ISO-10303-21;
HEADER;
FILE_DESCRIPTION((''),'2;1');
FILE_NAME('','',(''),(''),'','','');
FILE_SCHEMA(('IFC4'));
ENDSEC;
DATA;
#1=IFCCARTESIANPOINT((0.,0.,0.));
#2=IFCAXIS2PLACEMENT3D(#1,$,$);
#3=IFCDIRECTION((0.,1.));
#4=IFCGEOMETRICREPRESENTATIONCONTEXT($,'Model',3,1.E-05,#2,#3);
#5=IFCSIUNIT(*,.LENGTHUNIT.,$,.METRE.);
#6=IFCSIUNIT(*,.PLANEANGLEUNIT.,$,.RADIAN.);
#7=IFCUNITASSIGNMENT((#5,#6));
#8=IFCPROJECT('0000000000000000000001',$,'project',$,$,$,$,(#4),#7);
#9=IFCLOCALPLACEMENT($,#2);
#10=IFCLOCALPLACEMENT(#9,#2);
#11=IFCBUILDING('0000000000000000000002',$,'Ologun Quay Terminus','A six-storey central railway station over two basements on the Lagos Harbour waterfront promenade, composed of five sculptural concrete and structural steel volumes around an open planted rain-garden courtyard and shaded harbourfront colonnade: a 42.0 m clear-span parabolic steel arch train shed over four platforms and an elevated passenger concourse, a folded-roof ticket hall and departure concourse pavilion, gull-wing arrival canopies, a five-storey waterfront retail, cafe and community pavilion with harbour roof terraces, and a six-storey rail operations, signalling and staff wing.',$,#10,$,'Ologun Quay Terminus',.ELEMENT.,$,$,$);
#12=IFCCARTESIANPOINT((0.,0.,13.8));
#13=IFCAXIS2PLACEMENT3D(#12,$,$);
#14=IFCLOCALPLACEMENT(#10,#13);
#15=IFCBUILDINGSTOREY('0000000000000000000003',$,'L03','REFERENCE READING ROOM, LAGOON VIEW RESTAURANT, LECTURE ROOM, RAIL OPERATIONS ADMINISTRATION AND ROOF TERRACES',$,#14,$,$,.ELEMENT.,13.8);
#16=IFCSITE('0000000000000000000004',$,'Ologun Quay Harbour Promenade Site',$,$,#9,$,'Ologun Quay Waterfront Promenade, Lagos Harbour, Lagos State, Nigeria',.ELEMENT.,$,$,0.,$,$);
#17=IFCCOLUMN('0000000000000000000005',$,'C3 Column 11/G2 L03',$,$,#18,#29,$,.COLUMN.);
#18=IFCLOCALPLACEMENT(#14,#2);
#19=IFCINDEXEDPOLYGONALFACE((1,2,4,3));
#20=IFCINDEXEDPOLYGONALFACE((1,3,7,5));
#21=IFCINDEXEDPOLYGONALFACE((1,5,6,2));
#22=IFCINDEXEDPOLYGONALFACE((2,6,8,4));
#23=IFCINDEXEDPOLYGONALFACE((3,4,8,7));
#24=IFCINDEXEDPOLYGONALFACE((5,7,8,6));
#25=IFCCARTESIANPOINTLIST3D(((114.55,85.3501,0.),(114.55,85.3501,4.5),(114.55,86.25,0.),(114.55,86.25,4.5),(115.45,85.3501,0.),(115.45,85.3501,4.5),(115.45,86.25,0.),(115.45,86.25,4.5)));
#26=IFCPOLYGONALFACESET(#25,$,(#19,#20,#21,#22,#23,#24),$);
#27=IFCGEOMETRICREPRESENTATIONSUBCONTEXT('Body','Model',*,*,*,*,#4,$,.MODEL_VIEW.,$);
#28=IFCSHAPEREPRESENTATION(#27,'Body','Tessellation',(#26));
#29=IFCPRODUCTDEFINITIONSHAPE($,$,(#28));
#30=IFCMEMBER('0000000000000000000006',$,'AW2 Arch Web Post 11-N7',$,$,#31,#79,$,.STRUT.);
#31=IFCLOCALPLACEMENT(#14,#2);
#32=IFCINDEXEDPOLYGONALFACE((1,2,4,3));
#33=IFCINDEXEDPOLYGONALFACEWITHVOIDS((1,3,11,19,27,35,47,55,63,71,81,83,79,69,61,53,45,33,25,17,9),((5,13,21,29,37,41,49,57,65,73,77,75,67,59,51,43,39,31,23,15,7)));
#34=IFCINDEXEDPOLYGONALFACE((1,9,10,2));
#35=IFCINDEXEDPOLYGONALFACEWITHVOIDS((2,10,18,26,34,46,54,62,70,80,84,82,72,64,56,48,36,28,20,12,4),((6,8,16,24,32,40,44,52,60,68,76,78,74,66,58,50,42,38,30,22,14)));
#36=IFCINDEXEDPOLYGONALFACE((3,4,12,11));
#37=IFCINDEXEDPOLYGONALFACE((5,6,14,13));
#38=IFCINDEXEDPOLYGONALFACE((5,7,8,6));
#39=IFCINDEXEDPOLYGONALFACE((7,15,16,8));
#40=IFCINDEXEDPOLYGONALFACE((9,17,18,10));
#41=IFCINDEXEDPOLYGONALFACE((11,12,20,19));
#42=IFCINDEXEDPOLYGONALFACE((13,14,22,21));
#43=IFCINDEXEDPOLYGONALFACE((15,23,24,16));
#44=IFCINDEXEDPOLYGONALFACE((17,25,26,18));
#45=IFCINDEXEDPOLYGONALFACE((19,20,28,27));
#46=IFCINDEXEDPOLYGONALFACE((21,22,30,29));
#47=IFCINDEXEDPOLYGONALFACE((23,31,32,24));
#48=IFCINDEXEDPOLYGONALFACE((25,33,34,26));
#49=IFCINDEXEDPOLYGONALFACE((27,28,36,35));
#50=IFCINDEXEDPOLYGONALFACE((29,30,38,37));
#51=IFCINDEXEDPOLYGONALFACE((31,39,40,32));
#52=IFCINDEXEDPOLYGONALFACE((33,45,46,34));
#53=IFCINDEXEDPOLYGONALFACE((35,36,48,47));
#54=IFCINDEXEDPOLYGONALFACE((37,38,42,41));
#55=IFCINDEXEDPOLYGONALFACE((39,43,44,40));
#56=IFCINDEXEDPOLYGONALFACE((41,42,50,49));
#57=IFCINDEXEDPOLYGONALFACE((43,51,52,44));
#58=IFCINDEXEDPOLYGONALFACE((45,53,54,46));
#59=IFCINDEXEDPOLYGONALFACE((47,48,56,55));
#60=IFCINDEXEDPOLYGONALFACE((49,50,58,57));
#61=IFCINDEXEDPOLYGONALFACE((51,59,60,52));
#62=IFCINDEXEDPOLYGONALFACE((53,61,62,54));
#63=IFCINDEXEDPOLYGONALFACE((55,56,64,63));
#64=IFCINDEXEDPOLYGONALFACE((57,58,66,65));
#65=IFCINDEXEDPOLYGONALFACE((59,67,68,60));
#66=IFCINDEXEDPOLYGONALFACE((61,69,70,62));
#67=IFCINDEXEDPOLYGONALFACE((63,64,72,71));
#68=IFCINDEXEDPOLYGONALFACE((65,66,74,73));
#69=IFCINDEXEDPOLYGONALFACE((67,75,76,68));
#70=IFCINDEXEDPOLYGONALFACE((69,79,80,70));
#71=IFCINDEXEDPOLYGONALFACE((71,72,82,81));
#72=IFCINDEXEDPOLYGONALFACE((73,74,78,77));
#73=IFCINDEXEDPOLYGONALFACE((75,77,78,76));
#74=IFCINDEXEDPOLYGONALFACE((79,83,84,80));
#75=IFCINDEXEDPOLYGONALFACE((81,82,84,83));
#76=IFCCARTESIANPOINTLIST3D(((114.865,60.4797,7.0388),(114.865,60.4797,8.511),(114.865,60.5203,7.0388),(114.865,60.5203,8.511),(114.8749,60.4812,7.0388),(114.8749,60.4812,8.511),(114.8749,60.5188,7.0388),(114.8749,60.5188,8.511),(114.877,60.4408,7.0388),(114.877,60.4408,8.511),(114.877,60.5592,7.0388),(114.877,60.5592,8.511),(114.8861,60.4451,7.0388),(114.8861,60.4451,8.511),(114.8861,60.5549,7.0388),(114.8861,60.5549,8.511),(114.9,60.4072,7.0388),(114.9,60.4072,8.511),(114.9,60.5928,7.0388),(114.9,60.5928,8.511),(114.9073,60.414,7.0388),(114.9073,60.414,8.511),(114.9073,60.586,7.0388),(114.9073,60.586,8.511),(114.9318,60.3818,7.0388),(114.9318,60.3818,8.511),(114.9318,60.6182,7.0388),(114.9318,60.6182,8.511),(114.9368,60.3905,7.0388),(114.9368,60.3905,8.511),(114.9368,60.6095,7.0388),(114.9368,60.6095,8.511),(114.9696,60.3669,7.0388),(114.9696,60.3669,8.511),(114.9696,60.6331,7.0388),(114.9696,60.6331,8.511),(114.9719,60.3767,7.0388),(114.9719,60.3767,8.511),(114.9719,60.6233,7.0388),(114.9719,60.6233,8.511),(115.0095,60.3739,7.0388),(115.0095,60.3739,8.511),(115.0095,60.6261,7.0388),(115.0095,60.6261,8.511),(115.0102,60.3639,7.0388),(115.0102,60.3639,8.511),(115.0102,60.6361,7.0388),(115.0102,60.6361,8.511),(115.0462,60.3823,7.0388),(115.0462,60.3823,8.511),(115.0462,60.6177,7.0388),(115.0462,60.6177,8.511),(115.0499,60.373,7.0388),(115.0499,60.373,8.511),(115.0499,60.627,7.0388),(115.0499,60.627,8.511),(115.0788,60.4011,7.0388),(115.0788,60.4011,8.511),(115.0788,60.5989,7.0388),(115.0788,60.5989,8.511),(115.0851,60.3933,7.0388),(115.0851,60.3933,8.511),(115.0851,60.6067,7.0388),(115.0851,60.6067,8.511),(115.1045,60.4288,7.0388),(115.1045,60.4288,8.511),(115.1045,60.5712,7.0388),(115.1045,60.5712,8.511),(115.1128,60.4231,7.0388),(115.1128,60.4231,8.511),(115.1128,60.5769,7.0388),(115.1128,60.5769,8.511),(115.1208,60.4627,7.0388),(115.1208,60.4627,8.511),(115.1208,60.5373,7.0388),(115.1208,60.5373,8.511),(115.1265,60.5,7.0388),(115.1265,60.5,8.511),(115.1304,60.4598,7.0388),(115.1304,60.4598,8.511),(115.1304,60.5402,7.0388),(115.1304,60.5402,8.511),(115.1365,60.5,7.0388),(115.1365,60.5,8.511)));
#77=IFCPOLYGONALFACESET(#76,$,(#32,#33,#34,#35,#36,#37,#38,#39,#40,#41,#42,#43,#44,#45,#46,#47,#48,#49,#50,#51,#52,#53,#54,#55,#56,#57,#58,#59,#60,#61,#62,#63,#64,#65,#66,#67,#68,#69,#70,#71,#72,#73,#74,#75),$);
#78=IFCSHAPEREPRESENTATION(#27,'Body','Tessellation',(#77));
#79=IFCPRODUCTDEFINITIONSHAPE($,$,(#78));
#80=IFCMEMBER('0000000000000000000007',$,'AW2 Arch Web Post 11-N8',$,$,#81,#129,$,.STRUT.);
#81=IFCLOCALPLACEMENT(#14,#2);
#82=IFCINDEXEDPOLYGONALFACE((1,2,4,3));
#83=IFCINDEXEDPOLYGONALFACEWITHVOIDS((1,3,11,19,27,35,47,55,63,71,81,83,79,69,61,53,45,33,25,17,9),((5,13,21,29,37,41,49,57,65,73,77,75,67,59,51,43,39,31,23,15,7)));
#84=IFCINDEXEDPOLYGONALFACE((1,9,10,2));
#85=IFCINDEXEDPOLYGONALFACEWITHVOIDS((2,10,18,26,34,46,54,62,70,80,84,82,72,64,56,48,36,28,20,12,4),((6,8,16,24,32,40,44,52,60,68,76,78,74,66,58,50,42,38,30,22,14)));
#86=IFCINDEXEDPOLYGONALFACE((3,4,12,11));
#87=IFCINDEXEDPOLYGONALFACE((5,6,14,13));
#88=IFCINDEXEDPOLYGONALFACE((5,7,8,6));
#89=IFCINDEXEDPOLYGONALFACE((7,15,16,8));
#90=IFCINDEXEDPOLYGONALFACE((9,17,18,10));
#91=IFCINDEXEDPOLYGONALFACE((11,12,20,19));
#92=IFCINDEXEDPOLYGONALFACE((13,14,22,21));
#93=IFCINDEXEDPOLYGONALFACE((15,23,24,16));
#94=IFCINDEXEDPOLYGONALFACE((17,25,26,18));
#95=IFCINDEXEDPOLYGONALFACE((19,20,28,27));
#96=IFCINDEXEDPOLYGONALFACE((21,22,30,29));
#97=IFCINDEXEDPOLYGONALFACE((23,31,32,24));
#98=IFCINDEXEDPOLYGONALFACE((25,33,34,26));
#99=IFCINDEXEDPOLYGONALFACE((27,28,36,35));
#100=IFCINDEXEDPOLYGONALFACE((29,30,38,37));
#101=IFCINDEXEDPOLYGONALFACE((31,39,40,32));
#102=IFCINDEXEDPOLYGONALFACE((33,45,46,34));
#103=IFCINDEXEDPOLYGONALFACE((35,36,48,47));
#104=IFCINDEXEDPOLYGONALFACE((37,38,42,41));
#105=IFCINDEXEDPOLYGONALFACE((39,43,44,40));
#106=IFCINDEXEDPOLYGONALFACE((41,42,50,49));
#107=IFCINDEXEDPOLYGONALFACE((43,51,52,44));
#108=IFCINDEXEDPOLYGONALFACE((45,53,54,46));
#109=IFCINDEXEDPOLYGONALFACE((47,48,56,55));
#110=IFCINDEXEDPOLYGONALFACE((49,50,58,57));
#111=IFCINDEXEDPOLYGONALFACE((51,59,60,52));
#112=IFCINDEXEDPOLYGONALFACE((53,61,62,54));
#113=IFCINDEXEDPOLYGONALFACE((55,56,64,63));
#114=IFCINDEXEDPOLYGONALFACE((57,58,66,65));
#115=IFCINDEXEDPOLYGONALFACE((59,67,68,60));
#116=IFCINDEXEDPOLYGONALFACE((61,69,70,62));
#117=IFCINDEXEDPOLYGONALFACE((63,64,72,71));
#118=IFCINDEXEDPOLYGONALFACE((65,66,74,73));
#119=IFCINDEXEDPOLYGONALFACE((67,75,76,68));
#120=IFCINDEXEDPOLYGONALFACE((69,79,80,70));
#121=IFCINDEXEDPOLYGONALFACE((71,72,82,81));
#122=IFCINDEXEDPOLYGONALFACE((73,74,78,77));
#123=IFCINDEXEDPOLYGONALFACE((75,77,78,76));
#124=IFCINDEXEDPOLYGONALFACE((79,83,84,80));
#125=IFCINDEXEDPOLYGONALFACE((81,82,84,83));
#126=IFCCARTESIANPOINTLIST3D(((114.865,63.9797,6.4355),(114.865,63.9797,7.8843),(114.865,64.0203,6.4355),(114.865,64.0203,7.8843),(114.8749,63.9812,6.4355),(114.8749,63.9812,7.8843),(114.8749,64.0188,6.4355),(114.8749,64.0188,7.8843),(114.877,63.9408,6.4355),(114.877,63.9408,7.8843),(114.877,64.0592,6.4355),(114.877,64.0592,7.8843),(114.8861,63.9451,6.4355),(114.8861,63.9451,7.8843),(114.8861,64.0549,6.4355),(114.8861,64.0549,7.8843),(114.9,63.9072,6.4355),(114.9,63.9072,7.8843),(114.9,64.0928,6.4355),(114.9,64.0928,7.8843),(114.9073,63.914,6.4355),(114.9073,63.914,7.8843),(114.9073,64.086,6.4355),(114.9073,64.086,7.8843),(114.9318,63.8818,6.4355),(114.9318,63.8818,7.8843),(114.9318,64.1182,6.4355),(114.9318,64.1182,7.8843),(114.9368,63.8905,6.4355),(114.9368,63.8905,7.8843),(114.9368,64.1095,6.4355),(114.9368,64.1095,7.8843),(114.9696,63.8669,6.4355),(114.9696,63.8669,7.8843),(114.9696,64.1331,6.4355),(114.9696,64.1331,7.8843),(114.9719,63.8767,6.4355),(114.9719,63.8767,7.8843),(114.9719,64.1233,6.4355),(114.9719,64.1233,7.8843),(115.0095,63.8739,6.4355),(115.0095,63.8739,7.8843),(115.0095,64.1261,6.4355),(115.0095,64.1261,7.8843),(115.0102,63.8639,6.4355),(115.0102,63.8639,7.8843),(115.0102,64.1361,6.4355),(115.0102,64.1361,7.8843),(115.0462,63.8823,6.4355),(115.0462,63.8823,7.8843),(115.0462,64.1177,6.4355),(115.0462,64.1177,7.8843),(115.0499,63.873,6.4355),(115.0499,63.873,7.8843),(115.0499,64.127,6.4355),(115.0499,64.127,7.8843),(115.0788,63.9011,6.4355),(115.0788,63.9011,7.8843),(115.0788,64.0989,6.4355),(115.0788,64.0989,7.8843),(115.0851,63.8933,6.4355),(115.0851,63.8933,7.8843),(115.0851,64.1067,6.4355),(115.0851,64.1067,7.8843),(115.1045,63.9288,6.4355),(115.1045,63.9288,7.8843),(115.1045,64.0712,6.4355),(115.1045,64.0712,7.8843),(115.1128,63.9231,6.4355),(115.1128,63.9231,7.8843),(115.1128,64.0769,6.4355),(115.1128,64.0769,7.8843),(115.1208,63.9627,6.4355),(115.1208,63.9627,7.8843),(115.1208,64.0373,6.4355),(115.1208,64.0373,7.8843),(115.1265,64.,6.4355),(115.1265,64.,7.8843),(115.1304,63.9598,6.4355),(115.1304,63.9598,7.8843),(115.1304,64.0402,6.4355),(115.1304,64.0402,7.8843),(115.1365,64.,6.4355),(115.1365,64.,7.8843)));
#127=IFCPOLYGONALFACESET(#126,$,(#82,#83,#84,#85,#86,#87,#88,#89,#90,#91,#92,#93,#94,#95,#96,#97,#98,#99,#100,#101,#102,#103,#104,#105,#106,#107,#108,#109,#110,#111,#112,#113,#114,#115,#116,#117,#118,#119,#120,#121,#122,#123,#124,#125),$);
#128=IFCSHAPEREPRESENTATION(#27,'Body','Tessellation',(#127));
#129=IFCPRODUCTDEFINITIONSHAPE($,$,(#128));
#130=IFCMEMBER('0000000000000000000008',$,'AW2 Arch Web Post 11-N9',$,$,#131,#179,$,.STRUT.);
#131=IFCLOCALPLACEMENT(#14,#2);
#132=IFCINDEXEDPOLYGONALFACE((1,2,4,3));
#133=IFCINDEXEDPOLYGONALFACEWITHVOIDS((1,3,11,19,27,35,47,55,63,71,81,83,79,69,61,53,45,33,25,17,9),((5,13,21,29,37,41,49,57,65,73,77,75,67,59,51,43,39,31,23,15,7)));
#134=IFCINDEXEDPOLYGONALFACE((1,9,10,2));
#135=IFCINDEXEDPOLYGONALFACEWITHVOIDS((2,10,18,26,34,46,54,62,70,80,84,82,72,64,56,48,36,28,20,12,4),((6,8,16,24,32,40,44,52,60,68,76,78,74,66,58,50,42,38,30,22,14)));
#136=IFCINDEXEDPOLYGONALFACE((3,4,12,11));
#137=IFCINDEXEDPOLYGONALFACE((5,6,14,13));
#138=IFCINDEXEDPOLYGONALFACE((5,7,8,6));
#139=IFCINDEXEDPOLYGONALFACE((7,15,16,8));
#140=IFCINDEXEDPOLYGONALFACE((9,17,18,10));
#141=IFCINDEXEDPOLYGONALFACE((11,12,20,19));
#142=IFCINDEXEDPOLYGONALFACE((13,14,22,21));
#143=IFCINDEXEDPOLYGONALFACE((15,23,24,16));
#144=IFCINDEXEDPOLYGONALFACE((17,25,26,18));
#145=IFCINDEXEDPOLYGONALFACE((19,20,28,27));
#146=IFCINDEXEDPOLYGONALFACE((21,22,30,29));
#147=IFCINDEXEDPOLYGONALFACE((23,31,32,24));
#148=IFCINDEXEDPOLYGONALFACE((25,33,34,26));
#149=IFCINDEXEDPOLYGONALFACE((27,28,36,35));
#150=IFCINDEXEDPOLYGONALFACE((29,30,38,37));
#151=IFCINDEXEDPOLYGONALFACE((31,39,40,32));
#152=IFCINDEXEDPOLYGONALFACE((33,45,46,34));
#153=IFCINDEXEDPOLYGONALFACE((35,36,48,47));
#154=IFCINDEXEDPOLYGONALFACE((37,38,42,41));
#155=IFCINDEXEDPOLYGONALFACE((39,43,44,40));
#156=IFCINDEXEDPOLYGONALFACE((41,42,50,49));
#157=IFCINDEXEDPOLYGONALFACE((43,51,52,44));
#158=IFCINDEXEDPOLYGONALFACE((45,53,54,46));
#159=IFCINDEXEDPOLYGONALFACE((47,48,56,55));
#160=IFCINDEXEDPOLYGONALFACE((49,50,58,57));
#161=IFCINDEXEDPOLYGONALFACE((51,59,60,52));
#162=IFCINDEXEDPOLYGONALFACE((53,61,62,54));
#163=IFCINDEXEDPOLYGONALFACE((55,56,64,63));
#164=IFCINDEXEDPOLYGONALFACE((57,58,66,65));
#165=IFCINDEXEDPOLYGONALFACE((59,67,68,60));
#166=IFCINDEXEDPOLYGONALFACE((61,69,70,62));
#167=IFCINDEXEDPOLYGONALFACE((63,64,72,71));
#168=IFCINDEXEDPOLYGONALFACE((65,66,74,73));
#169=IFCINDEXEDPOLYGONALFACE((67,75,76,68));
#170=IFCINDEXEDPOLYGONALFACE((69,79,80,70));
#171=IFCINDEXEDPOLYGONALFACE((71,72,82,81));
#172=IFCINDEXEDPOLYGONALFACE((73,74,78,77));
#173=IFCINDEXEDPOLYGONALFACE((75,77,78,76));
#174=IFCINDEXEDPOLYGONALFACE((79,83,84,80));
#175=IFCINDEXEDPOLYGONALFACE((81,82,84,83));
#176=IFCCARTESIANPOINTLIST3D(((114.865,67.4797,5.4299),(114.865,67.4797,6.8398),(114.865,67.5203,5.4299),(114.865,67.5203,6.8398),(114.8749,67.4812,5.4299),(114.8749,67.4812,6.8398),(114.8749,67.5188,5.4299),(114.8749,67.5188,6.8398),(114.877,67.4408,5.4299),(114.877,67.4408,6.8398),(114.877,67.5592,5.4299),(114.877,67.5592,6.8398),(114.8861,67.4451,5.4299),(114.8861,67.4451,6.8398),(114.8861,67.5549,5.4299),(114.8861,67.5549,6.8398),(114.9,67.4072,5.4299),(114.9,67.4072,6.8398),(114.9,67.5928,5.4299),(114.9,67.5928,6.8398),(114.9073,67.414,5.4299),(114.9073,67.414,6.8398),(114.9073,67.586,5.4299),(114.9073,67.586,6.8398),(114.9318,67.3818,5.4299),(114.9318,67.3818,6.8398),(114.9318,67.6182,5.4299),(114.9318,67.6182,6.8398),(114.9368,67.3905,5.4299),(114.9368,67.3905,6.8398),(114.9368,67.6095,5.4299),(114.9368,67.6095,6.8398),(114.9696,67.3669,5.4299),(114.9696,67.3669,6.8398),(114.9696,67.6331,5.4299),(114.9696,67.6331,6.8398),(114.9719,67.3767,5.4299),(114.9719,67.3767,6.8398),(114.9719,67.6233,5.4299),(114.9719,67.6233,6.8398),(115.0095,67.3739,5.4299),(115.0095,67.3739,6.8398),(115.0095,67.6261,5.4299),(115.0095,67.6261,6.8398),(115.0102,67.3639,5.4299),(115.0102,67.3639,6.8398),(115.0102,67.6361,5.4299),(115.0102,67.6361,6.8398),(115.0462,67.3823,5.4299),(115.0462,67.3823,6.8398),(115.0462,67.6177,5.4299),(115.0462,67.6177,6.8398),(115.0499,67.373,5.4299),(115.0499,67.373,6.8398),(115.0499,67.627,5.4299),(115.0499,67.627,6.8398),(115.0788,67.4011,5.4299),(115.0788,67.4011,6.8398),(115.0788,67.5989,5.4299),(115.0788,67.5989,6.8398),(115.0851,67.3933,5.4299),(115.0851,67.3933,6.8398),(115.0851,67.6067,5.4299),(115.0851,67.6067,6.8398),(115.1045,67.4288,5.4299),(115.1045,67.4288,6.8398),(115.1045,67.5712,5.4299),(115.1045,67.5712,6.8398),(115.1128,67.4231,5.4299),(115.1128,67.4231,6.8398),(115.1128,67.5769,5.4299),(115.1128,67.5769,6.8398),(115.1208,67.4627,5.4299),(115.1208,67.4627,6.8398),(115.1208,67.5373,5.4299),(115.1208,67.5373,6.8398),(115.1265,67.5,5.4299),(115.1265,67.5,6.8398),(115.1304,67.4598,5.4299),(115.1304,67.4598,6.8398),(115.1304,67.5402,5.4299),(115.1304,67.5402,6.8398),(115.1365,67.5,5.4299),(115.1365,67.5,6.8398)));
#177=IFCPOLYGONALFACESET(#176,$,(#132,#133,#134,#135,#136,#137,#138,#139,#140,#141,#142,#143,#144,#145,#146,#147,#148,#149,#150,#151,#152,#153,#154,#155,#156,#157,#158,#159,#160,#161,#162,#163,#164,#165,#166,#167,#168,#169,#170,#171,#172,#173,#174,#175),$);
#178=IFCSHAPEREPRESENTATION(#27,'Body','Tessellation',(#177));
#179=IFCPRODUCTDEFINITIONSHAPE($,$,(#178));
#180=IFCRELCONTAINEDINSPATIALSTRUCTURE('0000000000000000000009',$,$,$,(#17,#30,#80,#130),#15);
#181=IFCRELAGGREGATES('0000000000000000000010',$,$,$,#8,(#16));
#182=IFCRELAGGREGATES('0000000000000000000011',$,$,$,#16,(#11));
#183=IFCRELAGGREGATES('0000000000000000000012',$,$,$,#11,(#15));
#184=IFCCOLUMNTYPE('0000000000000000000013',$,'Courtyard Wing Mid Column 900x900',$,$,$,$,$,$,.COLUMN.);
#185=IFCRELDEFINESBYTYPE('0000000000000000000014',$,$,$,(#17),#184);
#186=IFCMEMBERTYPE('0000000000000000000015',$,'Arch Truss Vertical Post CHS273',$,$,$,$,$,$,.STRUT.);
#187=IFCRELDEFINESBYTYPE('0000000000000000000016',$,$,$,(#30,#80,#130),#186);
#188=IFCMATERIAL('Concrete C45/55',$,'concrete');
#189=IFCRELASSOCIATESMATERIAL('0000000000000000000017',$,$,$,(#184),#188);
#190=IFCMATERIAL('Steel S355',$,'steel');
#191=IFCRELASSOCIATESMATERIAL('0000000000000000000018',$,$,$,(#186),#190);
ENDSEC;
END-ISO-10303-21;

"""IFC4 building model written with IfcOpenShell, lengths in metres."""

from ifc_helpers import new_model, si_unit, direction, frame, origin, origin_2d, place, context, subcontext, project, spatial, rectangle, hollow_circle, extrude, material, material_profile, profile_set, type_object, element, save


model = new_model("IFC4")

# Units and contexts
model_context = context("Model", 3, precision=1e-05, world=origin(), true_north=direction((0.0, 1.0)))
body_context = subcontext(model_context, "Body", "Model", "MODEL_VIEW")
ifc_project = project(units=[si_unit("LENGTHUNIT", "METRE"), si_unit("PLANEANGLEUNIT", "RADIAN")], contexts=[model_context])

# Site, building, storey
site_placement = place(None, origin())
site = spatial("IfcSite", under=ifc_project, at=site_placement, Name="Ologun Quay Harbour Promenade Site", LongName="Ologun Quay Waterfront Promenade, Lagos Harbour, Lagos State, Nigeria", CompositionType="ELEMENT", RefElevation=0.0)
building_placement = place(site_placement, origin())
building = spatial("IfcBuilding", under=site, at=building_placement, Name="Ologun Quay Terminus", Description="A six-storey central railway station over two basements on the Lagos Harbour waterfront promenade, composed of five sculptural concrete and structural steel volumes around an open planted rain-garden courtyard and shaded harbourfront colonnade: a 42.0 m clear-span parabolic steel arch train shed over four platforms and an elevated passenger concourse, a folded-roof ticket hall and departure concourse pavilion, gull-wing arrival canopies, a five-storey waterfront retail, cafe and community pavilion with harbour roof terraces, and a six-storey rail operations, signalling and staff wing.", LongName="Ologun Quay Terminus", CompositionType="ELEMENT")
storey_placement = place(building_placement, frame((0.0, 0.0, 13.8)))
storey = spatial("IfcBuildingStorey", under=building, at=storey_placement, Name="L03", Description="REFERENCE READING ROOM, LAGOON VIEW RESTAURANT, LECTURE ROOM, RAIL OPERATIONS ADMINISTRATION AND ROOF TERRACES", CompositionType="ELEMENT", Elevation=13.8)

# Column
ifc_material_1 = material(Name="Concrete C45/55", Category="concrete")
ifc_material_profile_1 = material_profile(ifc_material_1, rectangle(XDim=0.8999, YDim=0.8999, at=origin_2d()), Name="RC 900x900")
ifc_profile_set_1 = profile_set([ifc_material_profile_1], Name="Concrete C45/55")
column_type = type_object("IfcColumnType", Name="Courtyard Wing Mid Column 900x900", PredefinedType="COLUMN", material=ifc_profile_set_1)
column_placement = place(storey_placement, frame((115.0, 85.8, 0.0), z_axis=(0.0, 0.0, 1.0), x_axis=(1.0, 0.0, 0.0)))
element("IfcColumn", 1, at=column_placement, inside=storey, type_object=column_type, Name="C3 Column 11/G2 L03", PredefinedType="COLUMN", context=body_context, shape_type="SweptSolid", body=[
    extrude(rectangle(XDim=0.8999, YDim=0.8999, at=origin_2d()), origin(), (0.0, 0.0, 1.0), 4.5),
])

# Members
ifc_material_2 = material(Name="Steel S355", Category="steel")
ifc_material_profile_2 = material_profile(ifc_material_2, hollow_circle(Radius=0.1365, WallThickness=0.01, at=origin_2d()), Name="CHS 273x10")
ifc_profile_set_2 = profile_set([ifc_material_profile_2], Name="Steel S355")
member_type_1 = type_object("IfcMemberType", Name="Arch Truss Vertical Post CHS273", PredefinedType="STRUT", material=ifc_profile_set_2)
member_1_placement = place(storey_placement, frame((115.0, 60.5, 7.0388), z_axis=(0.0, 0.0, 1.0), x_axis=(1.0, 0.0, 0.0)))
element("IfcMember", 2, at=member_1_placement, inside=storey, type_object=member_type_1, Name="AW2 Arch Web Post 11-N7", PredefinedType="STRUT", context=body_context, shape_type="SweptSolid", body=[
    extrude(hollow_circle(Radius=0.1365, WallThickness=0.01, at=origin_2d()), origin(), (0.0, 0.0, 1.0), 1.4722),
])
member_2_placement = place(storey_placement, frame((115.0, 64.0, 6.4355), z_axis=(0.0, 0.0, 1.0), x_axis=(1.0, 0.0, 0.0)))
element("IfcMember", 3, at=member_2_placement, inside=storey, type_object=member_type_1, Name="AW2 Arch Web Post 11-N8", PredefinedType="STRUT", context=body_context, shape_type="SweptSolid", body=[
    extrude(hollow_circle(Radius=0.1365, WallThickness=0.01, at=origin_2d()), origin(), (0.0, 0.0, 1.0), 1.4487),
])
member_3_placement = place(storey_placement, frame((115.0, 67.5, 5.4299), z_axis=(0.0, 0.0, 1.0), x_axis=(1.0, 0.0, 0.0)))
element("IfcMember", 4, at=member_3_placement, inside=storey, type_object=member_type_1, Name="AW2 Arch Web Post 11-N9", PredefinedType="STRUT", context=body_context, shape_type="SweptSolid", body=[
    extrude(hollow_circle(Radius=0.1365, WallThickness=0.01, at=origin_2d()), origin(), (0.0, 0.0, 1.0), 1.4099),
])

save(model, "model.ifc")
